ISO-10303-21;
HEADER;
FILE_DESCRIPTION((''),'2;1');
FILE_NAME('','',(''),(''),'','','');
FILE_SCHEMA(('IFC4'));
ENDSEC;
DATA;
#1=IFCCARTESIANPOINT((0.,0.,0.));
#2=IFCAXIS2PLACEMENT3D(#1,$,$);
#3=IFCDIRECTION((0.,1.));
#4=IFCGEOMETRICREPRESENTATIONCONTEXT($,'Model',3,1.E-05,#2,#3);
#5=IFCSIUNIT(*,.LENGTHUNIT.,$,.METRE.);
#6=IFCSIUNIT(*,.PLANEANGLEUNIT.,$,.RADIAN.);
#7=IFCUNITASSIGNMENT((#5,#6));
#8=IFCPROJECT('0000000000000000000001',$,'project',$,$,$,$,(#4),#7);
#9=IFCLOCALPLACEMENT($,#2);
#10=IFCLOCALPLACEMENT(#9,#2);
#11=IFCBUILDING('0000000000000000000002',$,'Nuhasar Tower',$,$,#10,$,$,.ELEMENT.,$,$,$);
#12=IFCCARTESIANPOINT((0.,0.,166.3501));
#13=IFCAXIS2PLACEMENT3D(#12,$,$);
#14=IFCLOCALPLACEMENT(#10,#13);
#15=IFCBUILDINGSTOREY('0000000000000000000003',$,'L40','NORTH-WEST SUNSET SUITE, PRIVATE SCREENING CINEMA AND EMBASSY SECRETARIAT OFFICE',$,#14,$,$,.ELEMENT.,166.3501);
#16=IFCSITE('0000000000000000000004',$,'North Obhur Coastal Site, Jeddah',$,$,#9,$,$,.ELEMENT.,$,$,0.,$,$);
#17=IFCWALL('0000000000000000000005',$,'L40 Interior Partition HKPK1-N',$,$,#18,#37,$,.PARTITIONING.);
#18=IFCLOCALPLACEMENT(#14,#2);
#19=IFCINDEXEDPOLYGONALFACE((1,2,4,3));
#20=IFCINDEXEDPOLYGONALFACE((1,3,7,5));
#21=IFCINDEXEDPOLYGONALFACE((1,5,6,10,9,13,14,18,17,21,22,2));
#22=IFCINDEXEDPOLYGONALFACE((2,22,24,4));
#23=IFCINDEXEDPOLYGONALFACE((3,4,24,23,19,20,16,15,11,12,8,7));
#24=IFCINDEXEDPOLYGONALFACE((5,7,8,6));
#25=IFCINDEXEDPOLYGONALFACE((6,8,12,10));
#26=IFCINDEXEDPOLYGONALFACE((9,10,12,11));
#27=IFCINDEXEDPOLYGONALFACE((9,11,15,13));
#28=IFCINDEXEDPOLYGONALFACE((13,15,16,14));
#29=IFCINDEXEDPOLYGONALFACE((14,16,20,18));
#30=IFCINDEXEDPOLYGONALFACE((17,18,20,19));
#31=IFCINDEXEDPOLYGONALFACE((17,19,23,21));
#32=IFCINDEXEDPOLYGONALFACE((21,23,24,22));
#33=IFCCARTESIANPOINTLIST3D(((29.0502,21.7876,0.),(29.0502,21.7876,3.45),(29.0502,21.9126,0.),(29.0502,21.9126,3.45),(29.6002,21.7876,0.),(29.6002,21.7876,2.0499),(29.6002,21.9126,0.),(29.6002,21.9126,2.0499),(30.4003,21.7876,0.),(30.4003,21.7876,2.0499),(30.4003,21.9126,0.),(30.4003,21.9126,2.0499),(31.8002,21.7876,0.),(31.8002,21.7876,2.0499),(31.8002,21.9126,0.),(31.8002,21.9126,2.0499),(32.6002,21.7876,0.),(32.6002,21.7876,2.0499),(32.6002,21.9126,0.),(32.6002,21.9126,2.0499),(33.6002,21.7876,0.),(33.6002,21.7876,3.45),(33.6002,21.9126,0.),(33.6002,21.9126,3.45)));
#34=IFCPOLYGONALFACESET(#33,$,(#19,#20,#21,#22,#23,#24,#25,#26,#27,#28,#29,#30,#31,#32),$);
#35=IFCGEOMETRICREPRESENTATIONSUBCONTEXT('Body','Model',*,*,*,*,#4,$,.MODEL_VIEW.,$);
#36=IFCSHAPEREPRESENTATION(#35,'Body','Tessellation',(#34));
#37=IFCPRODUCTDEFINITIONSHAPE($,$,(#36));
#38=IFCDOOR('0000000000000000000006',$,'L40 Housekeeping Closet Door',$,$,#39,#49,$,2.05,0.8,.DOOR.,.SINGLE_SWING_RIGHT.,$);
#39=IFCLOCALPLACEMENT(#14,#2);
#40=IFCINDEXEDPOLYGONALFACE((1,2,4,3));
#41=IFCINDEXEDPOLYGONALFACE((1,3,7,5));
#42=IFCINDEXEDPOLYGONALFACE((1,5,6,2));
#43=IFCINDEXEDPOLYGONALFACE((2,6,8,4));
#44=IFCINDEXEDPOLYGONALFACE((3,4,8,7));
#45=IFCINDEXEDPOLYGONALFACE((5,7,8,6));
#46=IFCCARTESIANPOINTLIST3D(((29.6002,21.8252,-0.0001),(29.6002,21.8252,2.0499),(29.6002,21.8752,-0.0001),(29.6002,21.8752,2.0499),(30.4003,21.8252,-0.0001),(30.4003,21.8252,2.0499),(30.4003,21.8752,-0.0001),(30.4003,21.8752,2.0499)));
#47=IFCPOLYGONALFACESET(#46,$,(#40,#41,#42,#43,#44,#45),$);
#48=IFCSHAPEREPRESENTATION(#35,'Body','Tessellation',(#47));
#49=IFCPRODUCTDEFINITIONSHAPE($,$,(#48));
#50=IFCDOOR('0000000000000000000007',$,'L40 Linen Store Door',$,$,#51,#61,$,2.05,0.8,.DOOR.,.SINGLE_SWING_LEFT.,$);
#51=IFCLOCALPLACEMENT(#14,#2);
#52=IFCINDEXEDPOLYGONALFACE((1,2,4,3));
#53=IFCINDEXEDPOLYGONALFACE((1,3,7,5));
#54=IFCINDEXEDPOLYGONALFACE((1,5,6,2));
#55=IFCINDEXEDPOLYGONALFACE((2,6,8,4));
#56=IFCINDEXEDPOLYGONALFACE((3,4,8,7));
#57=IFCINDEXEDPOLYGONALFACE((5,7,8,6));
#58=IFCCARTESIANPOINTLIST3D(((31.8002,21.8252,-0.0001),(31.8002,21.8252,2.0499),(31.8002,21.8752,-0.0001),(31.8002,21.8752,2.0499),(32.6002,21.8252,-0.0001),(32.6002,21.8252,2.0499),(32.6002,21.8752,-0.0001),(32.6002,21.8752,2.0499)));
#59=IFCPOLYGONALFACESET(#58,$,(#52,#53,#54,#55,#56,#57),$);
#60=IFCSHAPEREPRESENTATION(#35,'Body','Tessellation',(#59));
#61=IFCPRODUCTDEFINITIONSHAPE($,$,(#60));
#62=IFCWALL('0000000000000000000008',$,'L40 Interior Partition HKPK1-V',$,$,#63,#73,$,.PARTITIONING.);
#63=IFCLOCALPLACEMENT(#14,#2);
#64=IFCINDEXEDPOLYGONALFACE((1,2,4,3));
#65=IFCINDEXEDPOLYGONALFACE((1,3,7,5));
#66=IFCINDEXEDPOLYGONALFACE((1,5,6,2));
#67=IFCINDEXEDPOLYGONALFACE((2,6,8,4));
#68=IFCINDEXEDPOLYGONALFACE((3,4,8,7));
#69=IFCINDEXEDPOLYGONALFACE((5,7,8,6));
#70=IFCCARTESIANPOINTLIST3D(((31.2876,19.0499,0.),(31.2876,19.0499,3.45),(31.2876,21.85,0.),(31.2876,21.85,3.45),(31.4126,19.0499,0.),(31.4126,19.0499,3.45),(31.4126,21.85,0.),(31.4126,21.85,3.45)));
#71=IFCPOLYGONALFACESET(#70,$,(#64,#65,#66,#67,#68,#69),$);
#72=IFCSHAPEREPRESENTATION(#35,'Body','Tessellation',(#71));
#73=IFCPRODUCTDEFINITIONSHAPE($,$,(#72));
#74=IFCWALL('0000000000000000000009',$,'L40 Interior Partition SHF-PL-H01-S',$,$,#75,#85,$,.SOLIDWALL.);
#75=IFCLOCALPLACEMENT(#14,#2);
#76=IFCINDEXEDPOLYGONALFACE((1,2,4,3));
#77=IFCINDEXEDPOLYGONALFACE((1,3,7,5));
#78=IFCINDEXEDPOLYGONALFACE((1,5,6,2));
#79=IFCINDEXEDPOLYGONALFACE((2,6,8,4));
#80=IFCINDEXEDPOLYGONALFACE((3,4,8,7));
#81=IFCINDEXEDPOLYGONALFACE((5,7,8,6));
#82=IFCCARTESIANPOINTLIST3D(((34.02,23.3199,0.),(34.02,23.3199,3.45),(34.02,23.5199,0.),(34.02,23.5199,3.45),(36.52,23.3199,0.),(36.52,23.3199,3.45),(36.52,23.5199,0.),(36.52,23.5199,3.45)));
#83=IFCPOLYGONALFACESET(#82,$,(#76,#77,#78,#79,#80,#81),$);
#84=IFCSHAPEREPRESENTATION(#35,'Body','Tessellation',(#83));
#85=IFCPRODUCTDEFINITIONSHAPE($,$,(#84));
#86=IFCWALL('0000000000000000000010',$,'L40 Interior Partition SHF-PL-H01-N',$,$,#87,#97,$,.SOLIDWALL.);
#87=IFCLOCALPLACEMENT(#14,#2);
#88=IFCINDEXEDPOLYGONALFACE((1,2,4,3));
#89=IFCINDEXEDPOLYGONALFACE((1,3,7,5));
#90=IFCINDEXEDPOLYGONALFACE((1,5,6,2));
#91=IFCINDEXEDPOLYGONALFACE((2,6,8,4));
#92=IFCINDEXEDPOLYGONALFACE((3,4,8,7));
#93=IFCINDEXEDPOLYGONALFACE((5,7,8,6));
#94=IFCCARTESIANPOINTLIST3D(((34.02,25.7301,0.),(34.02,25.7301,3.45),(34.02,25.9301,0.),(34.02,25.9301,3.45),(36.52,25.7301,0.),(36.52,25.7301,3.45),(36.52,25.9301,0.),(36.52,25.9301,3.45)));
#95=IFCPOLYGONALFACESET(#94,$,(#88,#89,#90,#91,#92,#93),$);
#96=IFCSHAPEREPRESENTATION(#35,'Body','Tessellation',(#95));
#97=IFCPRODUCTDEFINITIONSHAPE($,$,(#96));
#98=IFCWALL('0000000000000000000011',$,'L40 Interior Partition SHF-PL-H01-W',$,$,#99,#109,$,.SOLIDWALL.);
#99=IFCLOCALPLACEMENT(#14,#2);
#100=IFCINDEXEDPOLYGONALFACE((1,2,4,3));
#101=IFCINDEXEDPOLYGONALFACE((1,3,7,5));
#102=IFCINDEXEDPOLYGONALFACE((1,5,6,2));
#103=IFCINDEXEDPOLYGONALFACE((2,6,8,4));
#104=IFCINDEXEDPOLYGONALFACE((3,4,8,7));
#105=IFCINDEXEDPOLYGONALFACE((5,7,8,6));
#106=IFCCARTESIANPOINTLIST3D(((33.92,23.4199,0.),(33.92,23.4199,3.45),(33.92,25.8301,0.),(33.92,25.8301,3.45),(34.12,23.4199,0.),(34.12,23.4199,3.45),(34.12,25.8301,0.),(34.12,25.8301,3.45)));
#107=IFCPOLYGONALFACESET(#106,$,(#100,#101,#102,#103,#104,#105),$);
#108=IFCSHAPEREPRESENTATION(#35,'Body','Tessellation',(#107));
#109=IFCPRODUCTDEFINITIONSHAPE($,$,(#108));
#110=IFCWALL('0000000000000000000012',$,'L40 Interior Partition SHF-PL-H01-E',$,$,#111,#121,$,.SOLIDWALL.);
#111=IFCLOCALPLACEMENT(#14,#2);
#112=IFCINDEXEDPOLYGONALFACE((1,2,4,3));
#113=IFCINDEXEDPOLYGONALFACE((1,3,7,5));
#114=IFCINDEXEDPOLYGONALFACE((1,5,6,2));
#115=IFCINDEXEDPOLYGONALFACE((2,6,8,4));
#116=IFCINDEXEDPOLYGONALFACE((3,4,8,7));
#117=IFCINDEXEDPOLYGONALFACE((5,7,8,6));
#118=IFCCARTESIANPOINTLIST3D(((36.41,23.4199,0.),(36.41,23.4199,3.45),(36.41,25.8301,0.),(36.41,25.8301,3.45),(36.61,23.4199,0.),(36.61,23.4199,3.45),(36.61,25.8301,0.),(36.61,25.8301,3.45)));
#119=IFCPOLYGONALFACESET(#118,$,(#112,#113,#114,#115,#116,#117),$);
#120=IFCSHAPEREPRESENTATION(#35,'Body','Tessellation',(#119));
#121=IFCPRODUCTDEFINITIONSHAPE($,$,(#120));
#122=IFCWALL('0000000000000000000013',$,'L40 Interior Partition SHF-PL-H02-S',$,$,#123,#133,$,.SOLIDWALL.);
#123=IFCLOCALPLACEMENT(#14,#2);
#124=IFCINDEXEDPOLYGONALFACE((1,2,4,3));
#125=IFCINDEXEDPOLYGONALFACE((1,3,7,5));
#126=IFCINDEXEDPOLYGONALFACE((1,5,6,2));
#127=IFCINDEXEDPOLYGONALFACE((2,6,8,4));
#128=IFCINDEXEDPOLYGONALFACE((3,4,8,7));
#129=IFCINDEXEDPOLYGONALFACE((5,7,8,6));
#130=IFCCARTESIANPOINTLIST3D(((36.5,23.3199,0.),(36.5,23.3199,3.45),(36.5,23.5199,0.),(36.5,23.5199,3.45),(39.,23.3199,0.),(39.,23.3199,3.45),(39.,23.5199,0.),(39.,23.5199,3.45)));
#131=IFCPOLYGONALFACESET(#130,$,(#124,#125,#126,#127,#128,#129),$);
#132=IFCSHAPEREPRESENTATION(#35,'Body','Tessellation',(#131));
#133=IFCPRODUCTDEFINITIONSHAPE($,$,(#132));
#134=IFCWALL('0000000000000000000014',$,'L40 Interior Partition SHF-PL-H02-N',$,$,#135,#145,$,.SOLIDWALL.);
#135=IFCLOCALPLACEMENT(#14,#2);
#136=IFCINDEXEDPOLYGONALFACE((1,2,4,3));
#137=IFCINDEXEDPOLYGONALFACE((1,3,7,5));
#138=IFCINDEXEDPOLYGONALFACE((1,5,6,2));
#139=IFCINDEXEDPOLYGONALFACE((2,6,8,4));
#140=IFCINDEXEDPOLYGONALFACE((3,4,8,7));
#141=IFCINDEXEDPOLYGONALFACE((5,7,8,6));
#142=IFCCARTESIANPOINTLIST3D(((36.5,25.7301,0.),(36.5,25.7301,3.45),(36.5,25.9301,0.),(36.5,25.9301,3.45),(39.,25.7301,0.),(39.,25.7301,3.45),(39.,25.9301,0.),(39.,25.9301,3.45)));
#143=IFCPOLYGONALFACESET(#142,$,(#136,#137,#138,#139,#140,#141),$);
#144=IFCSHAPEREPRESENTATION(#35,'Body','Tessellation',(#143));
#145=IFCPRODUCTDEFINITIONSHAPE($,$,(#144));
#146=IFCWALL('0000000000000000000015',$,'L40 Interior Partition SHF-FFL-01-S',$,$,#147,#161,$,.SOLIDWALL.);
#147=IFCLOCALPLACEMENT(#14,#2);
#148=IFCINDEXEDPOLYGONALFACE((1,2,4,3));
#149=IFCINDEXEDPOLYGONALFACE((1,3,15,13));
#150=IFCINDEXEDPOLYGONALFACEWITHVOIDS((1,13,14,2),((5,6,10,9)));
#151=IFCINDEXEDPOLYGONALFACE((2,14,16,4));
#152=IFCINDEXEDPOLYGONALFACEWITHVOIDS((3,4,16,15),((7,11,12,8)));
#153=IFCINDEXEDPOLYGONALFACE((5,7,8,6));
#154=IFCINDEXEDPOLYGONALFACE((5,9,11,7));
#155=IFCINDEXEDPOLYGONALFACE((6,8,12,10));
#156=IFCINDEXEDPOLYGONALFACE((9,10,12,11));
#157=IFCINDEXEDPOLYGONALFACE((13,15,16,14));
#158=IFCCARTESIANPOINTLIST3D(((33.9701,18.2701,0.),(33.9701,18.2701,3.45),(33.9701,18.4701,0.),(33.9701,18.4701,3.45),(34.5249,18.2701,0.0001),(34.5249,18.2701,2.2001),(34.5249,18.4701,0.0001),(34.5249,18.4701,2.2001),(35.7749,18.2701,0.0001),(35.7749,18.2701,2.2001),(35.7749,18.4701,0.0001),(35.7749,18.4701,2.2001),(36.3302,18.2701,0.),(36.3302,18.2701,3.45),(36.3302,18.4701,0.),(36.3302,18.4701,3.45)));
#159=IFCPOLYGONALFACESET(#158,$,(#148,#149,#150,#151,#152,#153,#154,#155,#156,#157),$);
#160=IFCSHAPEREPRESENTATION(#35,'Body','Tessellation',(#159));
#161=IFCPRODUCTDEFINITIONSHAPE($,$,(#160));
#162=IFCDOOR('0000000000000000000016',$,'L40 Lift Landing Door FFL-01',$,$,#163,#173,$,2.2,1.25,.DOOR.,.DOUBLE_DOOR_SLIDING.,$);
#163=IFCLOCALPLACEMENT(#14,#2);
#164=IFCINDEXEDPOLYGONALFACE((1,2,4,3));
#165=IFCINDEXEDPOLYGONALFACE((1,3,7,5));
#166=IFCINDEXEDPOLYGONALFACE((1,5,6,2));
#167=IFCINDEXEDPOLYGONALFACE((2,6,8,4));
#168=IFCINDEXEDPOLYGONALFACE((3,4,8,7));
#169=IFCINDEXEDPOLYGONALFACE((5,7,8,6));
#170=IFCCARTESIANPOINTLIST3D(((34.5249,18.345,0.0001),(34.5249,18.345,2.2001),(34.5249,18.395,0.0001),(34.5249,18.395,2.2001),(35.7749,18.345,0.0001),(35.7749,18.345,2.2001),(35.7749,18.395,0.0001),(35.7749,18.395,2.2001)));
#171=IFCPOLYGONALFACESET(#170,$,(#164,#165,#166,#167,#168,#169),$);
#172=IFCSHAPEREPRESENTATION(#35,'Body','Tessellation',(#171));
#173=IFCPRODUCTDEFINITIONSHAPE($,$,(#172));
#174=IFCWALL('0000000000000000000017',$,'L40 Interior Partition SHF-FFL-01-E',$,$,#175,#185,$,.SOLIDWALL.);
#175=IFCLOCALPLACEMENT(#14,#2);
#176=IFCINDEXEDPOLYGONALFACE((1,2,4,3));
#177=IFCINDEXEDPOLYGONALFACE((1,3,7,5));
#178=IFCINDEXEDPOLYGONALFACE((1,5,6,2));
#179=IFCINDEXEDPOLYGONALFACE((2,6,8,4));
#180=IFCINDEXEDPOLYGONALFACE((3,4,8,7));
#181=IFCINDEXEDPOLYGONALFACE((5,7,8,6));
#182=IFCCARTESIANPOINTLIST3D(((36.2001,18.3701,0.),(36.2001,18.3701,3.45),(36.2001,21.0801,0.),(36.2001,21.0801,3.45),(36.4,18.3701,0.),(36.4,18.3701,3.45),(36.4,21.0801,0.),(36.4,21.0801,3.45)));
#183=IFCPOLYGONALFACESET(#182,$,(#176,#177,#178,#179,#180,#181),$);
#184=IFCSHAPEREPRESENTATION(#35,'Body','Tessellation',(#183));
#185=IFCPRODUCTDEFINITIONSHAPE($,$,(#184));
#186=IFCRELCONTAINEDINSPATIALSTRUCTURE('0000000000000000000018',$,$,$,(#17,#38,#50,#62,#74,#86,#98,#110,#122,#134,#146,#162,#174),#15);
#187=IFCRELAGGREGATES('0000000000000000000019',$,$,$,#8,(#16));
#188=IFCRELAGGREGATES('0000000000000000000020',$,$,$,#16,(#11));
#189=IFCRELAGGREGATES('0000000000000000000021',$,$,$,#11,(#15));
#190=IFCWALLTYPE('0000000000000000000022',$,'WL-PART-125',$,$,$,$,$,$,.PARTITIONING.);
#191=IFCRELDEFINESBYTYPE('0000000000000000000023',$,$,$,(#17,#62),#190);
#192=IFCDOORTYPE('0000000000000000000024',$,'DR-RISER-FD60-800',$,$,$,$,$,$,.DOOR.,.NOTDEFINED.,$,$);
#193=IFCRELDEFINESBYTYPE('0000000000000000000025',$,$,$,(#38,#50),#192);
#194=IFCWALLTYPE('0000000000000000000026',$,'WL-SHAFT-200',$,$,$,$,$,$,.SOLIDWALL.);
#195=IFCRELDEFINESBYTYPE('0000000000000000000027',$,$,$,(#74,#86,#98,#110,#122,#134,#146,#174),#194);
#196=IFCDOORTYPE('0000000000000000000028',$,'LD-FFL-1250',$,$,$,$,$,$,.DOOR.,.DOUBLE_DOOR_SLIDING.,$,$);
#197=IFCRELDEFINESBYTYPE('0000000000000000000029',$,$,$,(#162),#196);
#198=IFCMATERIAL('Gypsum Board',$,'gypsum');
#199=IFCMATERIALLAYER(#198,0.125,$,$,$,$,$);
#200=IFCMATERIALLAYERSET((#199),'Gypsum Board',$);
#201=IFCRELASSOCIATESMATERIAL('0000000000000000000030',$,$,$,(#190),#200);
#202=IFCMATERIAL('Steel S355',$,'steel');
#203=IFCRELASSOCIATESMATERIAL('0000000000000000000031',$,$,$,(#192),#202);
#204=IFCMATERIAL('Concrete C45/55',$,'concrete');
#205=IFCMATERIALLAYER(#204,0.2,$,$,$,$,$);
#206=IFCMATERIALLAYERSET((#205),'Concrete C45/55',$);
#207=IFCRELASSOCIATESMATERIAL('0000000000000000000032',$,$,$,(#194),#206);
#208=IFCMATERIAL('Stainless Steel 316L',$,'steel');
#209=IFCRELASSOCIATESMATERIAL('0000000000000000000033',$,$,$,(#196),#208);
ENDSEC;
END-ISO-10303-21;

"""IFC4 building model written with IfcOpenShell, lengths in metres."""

from ifc_helpers import new_model, si_unit, direction, frame, frame_2d, origin, place, context, subcontext, project, spatial, rectangle, extrude, material, layer, layer_set, type_object, element, fill, save


model = new_model("IFC4")

# Units and contexts
model_context = context("Model", 3, precision=1e-05, world=origin(), true_north=direction((0.0, 1.0)))
body_context = subcontext(model_context, "Body", "Model", "MODEL_VIEW")
ifc_project = project(units=[si_unit("LENGTHUNIT", "METRE"), si_unit("PLANEANGLEUNIT", "RADIAN")], contexts=[model_context])

# Site, building, storey
site_placement = place(None, origin())
site = spatial("IfcSite", under=ifc_project, at=site_placement, Name="North Obhur Coastal Site, Jeddah", CompositionType="ELEMENT", RefElevation=0.0)
building_placement = place(site_placement, origin())
building = spatial("IfcBuilding", under=site, at=building_placement, Name="Nuhasar Tower", CompositionType="ELEMENT")
storey_placement = place(building_placement, frame((0.0, 0.0, 166.3501)))
storey = spatial("IfcBuildingStorey", under=building, at=storey_placement, Name="L40", Description="NORTH-WEST SUNSET SUITE, PRIVATE SCREENING CINEMA AND EMBASSY SECRETARIAT OFFICE", CompositionType="ELEMENT", Elevation=166.3501)

# Shared definitions
ifc_material_1 = material(Name="Steel S355", Category="steel")

# Shared definitions
ifc_material_2 = material(Name="Gypsum Board", Category="gypsum")

# Shared definitions
ifc_material_3 = material(Name="Concrete C45/55", Category="concrete")

# Wall, openings, doors
ifc_layer_1 = layer(ifc_material_2, 0.125)
ifc_layer_set_1 = layer_set([ifc_layer_1], Name="Gypsum Board")
wall_type_1 = type_object("IfcWallType", Name="WL-PART-125", PredefinedType="PARTITIONING", material=ifc_layer_set_1)
wall_1_placement = place(storey_placement, frame((33.6001, 21.8501, 0.0), z_axis=(0.0, 0.0, 1.0), x_axis=(-1.0, 0.0, 0.0)))
wall_1 = element("IfcWall", 1, at=wall_1_placement, inside=storey, type_object=wall_type_1, Name="L40 Interior Partition HKPK1-N", PredefinedType="PARTITIONING", context=body_context, shape_type="SweptSolid", body=[
    extrude(rectangle(XDim=4.55, YDim=0.125, at=frame_2d((2.2749, 0.0))), origin(), (0.0, 0.0, 1.0), 3.45),
])
opening_1_placement = place(wall_1_placement, frame((3.2, 0.0, 0.0)))
opening_1 = element("IfcOpeningElement", 2, at=opening_1_placement, cuts=wall_1, PredefinedType="OPENING", context=body_context, shape_type="SweptSolid", body=[
    extrude(rectangle(XDim=0.8, YDim=2.05, at=frame_2d((0.3999, 1.0249))), frame((0.0, 0.0725, 0.0), z_axis=(0.0, -1.0, 0.0), x_axis=(1.0, 0.0, 0.0)), (0.0, 0.0, 1.0), 0.145),
])
opening_2_placement = place(wall_1_placement, frame((1.0, 0.0, 0.0)))
opening_2 = element("IfcOpeningElement", 3, at=opening_2_placement, cuts=wall_1, PredefinedType="OPENING", context=body_context, shape_type="SweptSolid", body=[
    extrude(rectangle(XDim=0.8, YDim=2.05, at=frame_2d((0.3999, 1.0249))), frame((0.0, 0.0725, 0.0), z_axis=(0.0, -1.0, 0.0), x_axis=(1.0, 0.0, 0.0)), (0.0, 0.0, 1.0), 0.145),
])
door_type_1 = type_object("IfcDoorType", Name="DR-RISER-FD60-800", OperationType="NOTDEFINED", PredefinedType="DOOR", material=ifc_material_1)
door_1_placement = place(opening_1_placement, origin())
door_1 = element("IfcDoor", 4, at=door_1_placement, inside=storey, type_object=door_type_1, Name="L40 Housekeeping Closet Door", OperationType="SINGLE_SWING_RIGHT", OverallHeight=2.05, OverallWidth=0.8, PredefinedType="DOOR", context=body_context, shape_type="SweptSolid", body=[
    extrude(rectangle(XDim=0.8, YDim=2.05, at=frame_2d((0.3999, 1.0249))), frame((0.0, 0.0249, 0.0), z_axis=(0.0, -1.0, 0.0), x_axis=(1.0, 0.0, 0.0)), (0.0, 0.0, 1.0), 0.05),
])
fill(opening_1, door_1)
door_2_placement = place(opening_2_placement, origin())
door_2 = element("IfcDoor", 5, at=door_2_placement, inside=storey, type_object=door_type_1, Name="L40 Linen Store Door", OperationType="SINGLE_SWING_LEFT", OverallHeight=2.05, OverallWidth=0.8, PredefinedType="DOOR", context=body_context, shape_type="SweptSolid", body=[
    extrude(rectangle(XDim=0.8, YDim=2.05, at=frame_2d((0.3999, 1.0249))), frame((0.0, 0.0249, 0.0), z_axis=(0.0, -1.0, 0.0), x_axis=(1.0, 0.0, 0.0)), (0.0, 0.0, 1.0), 0.05),
])
fill(opening_2, door_2)

# Walls
wall_2_placement = place(storey_placement, frame((31.3501, 19.05, 0.0), z_axis=(0.0, 0.0, 1.0), x_axis=(0.0, 1.0, 0.0)))
element("IfcWall", 6, at=wall_2_placement, inside=storey, type_object=wall_type_1, Name="L40 Interior Partition HKPK1-V", PredefinedType="PARTITIONING", context=body_context, shape_type="SweptSolid", body=[
    extrude(rectangle(XDim=2.8, YDim=0.125, at=frame_2d((1.3999, 0.0))), origin(), (0.0, 0.0, 1.0), 3.45),
])
ifc_layer_2 = layer(ifc_material_3, 0.2)
ifc_layer_set_2 = layer_set([ifc_layer_2], Name="Concrete C45/55")
wall_type_2 = type_object("IfcWallType", Name="WL-SHAFT-200", PredefinedType="SOLIDWALL", material=ifc_layer_set_2)
for number, where, z_axis, x_axis, name in (
    (7, (34.02, 23.4199, 0.0), (0.0, 0.0, 1.0), (1.0, 0.0, 0.0), "L40 Interior Partition SHF-PL-H01-S"),
    (8, (34.02, 25.8301, 0.0), (0.0, 0.0, 1.0), (1.0, 0.0, 0.0), "L40 Interior Partition SHF-PL-H01-N"),
):
    element("IfcWall", number, at=place(storey_placement, frame(where, z_axis=z_axis, x_axis=x_axis)), inside=storey, type_object=wall_type_2, Name=name, PredefinedType="SOLIDWALL", context=body_context, shape_type="SweptSolid", body=[
        extrude(rectangle(XDim=2.5, YDim=0.2, at=frame_2d((1.25, 0.0))), origin(), (0.0, 0.0, 1.0), 3.45),
    ])
for number, where, z_axis, x_axis, name in (
    (9, (34.02, 23.4199, 0.0), (0.0, 0.0, 1.0), (0.0, 1.0, 0.0), "L40 Interior Partition SHF-PL-H01-W"),
    (10, (36.51, 23.4199, 0.0), (0.0, 0.0, 1.0), (0.0, 1.0, 0.0), "L40 Interior Partition SHF-PL-H01-E"),
):
    element("IfcWall", number, at=place(storey_placement, frame(where, z_axis=z_axis, x_axis=x_axis)), inside=storey, type_object=wall_type_2, Name=name, PredefinedType="SOLIDWALL", context=body_context, shape_type="SweptSolid", body=[
        extrude(rectangle(XDim=2.4102, YDim=0.2, at=frame_2d((1.2051, 0.0))), origin(), (0.0, 0.0, 1.0), 3.45),
    ])
for number, where, z_axis, x_axis, name in (
    (11, (36.5, 23.4199, 0.0), (0.0, 0.0, 1.0), (1.0, 0.0, 0.0), "L40 Interior Partition SHF-PL-H02-S"),
    (12, (36.5, 25.8301, 0.0), (0.0, 0.0, 1.0), (1.0, 0.0, 0.0), "L40 Interior Partition SHF-PL-H02-N"),
):
    element("IfcWall", number, at=place(storey_placement, frame(where, z_axis=z_axis, x_axis=x_axis)), inside=storey, type_object=wall_type_2, Name=name, PredefinedType="SOLIDWALL", context=body_context, shape_type="SweptSolid", body=[
        extrude(rectangle(XDim=2.5, YDim=0.2, at=frame_2d((1.25, 0.0))), origin(), (0.0, 0.0, 1.0), 3.45),
    ])

# Wall, opening, door
wall_3_placement = place(storey_placement, frame((33.97, 18.3701, 0.0), z_axis=(0.0, 0.0, 1.0), x_axis=(1.0, 0.0, 0.0)))
wall_3 = element("IfcWall", 13, at=wall_3_placement, inside=storey, type_object=wall_type_2, Name="L40 Interior Partition SHF-FFL-01-S", PredefinedType="SOLIDWALL", context=body_context, shape_type="SweptSolid", body=[
    extrude(rectangle(XDim=2.3601, YDim=0.2, at=frame_2d((1.1802, 0.0))), origin(), (0.0, 0.0, 1.0), 3.45),
])
opening_3_placement = place(wall_3_placement, frame((0.5549, 0.0, 0.0)))
opening_3 = element("IfcOpeningElement", 14, at=opening_3_placement, cuts=wall_3, PredefinedType="OPENING", context=body_context, shape_type="SweptSolid", body=[
    extrude(rectangle(XDim=1.25, YDim=2.2, at=frame_2d((0.625, 1.1001))), frame((0.0, 0.1099, 0.0), z_axis=(0.0, -1.0, 0.0), x_axis=(1.0, 0.0, 0.0)), (0.0, 0.0, 1.0), 0.22),
])
ifc_material_4 = material(Name="Stainless Steel 316L", Category="steel")
door_type_2 = type_object("IfcDoorType", Name="LD-FFL-1250", OperationType="DOUBLE_DOOR_SLIDING", PredefinedType="DOOR", material=ifc_material_4)
door_3_placement = place(opening_3_placement, origin())
door_3 = element("IfcDoor", 15, at=door_3_placement, inside=storey, type_object=door_type_2, Name="L40 Lift Landing Door FFL-01", OperationType="DOUBLE_DOOR_SLIDING", OverallHeight=2.2, OverallWidth=1.25, PredefinedType="DOOR", context=body_context, shape_type="SweptSolid", body=[
    extrude(rectangle(XDim=1.25, YDim=2.2, at=frame_2d((0.625, 1.1001))), frame((0.0, 0.0249, 0.0), z_axis=(0.0, -1.0, 0.0), x_axis=(1.0, 0.0, 0.0)), (0.0, 0.0, 1.0), 0.05),
])
fill(opening_3, door_3)

# Wall
wall_4_placement = place(storey_placement, frame((36.3, 18.3701, 0.0), z_axis=(0.0, 0.0, 1.0), x_axis=(0.0, 1.0, 0.0)))
element("IfcWall", 16, at=wall_4_placement, inside=storey, type_object=wall_type_2, Name="L40 Interior Partition SHF-FFL-01-E", PredefinedType="SOLIDWALL", context=body_context, shape_type="SweptSolid", body=[
    extrude(rectangle(XDim=2.71, YDim=0.2, at=frame_2d((1.355, 0.0))), origin(), (0.0, 0.0, 1.0), 3.45),
])

save(model, "model.ifc")
